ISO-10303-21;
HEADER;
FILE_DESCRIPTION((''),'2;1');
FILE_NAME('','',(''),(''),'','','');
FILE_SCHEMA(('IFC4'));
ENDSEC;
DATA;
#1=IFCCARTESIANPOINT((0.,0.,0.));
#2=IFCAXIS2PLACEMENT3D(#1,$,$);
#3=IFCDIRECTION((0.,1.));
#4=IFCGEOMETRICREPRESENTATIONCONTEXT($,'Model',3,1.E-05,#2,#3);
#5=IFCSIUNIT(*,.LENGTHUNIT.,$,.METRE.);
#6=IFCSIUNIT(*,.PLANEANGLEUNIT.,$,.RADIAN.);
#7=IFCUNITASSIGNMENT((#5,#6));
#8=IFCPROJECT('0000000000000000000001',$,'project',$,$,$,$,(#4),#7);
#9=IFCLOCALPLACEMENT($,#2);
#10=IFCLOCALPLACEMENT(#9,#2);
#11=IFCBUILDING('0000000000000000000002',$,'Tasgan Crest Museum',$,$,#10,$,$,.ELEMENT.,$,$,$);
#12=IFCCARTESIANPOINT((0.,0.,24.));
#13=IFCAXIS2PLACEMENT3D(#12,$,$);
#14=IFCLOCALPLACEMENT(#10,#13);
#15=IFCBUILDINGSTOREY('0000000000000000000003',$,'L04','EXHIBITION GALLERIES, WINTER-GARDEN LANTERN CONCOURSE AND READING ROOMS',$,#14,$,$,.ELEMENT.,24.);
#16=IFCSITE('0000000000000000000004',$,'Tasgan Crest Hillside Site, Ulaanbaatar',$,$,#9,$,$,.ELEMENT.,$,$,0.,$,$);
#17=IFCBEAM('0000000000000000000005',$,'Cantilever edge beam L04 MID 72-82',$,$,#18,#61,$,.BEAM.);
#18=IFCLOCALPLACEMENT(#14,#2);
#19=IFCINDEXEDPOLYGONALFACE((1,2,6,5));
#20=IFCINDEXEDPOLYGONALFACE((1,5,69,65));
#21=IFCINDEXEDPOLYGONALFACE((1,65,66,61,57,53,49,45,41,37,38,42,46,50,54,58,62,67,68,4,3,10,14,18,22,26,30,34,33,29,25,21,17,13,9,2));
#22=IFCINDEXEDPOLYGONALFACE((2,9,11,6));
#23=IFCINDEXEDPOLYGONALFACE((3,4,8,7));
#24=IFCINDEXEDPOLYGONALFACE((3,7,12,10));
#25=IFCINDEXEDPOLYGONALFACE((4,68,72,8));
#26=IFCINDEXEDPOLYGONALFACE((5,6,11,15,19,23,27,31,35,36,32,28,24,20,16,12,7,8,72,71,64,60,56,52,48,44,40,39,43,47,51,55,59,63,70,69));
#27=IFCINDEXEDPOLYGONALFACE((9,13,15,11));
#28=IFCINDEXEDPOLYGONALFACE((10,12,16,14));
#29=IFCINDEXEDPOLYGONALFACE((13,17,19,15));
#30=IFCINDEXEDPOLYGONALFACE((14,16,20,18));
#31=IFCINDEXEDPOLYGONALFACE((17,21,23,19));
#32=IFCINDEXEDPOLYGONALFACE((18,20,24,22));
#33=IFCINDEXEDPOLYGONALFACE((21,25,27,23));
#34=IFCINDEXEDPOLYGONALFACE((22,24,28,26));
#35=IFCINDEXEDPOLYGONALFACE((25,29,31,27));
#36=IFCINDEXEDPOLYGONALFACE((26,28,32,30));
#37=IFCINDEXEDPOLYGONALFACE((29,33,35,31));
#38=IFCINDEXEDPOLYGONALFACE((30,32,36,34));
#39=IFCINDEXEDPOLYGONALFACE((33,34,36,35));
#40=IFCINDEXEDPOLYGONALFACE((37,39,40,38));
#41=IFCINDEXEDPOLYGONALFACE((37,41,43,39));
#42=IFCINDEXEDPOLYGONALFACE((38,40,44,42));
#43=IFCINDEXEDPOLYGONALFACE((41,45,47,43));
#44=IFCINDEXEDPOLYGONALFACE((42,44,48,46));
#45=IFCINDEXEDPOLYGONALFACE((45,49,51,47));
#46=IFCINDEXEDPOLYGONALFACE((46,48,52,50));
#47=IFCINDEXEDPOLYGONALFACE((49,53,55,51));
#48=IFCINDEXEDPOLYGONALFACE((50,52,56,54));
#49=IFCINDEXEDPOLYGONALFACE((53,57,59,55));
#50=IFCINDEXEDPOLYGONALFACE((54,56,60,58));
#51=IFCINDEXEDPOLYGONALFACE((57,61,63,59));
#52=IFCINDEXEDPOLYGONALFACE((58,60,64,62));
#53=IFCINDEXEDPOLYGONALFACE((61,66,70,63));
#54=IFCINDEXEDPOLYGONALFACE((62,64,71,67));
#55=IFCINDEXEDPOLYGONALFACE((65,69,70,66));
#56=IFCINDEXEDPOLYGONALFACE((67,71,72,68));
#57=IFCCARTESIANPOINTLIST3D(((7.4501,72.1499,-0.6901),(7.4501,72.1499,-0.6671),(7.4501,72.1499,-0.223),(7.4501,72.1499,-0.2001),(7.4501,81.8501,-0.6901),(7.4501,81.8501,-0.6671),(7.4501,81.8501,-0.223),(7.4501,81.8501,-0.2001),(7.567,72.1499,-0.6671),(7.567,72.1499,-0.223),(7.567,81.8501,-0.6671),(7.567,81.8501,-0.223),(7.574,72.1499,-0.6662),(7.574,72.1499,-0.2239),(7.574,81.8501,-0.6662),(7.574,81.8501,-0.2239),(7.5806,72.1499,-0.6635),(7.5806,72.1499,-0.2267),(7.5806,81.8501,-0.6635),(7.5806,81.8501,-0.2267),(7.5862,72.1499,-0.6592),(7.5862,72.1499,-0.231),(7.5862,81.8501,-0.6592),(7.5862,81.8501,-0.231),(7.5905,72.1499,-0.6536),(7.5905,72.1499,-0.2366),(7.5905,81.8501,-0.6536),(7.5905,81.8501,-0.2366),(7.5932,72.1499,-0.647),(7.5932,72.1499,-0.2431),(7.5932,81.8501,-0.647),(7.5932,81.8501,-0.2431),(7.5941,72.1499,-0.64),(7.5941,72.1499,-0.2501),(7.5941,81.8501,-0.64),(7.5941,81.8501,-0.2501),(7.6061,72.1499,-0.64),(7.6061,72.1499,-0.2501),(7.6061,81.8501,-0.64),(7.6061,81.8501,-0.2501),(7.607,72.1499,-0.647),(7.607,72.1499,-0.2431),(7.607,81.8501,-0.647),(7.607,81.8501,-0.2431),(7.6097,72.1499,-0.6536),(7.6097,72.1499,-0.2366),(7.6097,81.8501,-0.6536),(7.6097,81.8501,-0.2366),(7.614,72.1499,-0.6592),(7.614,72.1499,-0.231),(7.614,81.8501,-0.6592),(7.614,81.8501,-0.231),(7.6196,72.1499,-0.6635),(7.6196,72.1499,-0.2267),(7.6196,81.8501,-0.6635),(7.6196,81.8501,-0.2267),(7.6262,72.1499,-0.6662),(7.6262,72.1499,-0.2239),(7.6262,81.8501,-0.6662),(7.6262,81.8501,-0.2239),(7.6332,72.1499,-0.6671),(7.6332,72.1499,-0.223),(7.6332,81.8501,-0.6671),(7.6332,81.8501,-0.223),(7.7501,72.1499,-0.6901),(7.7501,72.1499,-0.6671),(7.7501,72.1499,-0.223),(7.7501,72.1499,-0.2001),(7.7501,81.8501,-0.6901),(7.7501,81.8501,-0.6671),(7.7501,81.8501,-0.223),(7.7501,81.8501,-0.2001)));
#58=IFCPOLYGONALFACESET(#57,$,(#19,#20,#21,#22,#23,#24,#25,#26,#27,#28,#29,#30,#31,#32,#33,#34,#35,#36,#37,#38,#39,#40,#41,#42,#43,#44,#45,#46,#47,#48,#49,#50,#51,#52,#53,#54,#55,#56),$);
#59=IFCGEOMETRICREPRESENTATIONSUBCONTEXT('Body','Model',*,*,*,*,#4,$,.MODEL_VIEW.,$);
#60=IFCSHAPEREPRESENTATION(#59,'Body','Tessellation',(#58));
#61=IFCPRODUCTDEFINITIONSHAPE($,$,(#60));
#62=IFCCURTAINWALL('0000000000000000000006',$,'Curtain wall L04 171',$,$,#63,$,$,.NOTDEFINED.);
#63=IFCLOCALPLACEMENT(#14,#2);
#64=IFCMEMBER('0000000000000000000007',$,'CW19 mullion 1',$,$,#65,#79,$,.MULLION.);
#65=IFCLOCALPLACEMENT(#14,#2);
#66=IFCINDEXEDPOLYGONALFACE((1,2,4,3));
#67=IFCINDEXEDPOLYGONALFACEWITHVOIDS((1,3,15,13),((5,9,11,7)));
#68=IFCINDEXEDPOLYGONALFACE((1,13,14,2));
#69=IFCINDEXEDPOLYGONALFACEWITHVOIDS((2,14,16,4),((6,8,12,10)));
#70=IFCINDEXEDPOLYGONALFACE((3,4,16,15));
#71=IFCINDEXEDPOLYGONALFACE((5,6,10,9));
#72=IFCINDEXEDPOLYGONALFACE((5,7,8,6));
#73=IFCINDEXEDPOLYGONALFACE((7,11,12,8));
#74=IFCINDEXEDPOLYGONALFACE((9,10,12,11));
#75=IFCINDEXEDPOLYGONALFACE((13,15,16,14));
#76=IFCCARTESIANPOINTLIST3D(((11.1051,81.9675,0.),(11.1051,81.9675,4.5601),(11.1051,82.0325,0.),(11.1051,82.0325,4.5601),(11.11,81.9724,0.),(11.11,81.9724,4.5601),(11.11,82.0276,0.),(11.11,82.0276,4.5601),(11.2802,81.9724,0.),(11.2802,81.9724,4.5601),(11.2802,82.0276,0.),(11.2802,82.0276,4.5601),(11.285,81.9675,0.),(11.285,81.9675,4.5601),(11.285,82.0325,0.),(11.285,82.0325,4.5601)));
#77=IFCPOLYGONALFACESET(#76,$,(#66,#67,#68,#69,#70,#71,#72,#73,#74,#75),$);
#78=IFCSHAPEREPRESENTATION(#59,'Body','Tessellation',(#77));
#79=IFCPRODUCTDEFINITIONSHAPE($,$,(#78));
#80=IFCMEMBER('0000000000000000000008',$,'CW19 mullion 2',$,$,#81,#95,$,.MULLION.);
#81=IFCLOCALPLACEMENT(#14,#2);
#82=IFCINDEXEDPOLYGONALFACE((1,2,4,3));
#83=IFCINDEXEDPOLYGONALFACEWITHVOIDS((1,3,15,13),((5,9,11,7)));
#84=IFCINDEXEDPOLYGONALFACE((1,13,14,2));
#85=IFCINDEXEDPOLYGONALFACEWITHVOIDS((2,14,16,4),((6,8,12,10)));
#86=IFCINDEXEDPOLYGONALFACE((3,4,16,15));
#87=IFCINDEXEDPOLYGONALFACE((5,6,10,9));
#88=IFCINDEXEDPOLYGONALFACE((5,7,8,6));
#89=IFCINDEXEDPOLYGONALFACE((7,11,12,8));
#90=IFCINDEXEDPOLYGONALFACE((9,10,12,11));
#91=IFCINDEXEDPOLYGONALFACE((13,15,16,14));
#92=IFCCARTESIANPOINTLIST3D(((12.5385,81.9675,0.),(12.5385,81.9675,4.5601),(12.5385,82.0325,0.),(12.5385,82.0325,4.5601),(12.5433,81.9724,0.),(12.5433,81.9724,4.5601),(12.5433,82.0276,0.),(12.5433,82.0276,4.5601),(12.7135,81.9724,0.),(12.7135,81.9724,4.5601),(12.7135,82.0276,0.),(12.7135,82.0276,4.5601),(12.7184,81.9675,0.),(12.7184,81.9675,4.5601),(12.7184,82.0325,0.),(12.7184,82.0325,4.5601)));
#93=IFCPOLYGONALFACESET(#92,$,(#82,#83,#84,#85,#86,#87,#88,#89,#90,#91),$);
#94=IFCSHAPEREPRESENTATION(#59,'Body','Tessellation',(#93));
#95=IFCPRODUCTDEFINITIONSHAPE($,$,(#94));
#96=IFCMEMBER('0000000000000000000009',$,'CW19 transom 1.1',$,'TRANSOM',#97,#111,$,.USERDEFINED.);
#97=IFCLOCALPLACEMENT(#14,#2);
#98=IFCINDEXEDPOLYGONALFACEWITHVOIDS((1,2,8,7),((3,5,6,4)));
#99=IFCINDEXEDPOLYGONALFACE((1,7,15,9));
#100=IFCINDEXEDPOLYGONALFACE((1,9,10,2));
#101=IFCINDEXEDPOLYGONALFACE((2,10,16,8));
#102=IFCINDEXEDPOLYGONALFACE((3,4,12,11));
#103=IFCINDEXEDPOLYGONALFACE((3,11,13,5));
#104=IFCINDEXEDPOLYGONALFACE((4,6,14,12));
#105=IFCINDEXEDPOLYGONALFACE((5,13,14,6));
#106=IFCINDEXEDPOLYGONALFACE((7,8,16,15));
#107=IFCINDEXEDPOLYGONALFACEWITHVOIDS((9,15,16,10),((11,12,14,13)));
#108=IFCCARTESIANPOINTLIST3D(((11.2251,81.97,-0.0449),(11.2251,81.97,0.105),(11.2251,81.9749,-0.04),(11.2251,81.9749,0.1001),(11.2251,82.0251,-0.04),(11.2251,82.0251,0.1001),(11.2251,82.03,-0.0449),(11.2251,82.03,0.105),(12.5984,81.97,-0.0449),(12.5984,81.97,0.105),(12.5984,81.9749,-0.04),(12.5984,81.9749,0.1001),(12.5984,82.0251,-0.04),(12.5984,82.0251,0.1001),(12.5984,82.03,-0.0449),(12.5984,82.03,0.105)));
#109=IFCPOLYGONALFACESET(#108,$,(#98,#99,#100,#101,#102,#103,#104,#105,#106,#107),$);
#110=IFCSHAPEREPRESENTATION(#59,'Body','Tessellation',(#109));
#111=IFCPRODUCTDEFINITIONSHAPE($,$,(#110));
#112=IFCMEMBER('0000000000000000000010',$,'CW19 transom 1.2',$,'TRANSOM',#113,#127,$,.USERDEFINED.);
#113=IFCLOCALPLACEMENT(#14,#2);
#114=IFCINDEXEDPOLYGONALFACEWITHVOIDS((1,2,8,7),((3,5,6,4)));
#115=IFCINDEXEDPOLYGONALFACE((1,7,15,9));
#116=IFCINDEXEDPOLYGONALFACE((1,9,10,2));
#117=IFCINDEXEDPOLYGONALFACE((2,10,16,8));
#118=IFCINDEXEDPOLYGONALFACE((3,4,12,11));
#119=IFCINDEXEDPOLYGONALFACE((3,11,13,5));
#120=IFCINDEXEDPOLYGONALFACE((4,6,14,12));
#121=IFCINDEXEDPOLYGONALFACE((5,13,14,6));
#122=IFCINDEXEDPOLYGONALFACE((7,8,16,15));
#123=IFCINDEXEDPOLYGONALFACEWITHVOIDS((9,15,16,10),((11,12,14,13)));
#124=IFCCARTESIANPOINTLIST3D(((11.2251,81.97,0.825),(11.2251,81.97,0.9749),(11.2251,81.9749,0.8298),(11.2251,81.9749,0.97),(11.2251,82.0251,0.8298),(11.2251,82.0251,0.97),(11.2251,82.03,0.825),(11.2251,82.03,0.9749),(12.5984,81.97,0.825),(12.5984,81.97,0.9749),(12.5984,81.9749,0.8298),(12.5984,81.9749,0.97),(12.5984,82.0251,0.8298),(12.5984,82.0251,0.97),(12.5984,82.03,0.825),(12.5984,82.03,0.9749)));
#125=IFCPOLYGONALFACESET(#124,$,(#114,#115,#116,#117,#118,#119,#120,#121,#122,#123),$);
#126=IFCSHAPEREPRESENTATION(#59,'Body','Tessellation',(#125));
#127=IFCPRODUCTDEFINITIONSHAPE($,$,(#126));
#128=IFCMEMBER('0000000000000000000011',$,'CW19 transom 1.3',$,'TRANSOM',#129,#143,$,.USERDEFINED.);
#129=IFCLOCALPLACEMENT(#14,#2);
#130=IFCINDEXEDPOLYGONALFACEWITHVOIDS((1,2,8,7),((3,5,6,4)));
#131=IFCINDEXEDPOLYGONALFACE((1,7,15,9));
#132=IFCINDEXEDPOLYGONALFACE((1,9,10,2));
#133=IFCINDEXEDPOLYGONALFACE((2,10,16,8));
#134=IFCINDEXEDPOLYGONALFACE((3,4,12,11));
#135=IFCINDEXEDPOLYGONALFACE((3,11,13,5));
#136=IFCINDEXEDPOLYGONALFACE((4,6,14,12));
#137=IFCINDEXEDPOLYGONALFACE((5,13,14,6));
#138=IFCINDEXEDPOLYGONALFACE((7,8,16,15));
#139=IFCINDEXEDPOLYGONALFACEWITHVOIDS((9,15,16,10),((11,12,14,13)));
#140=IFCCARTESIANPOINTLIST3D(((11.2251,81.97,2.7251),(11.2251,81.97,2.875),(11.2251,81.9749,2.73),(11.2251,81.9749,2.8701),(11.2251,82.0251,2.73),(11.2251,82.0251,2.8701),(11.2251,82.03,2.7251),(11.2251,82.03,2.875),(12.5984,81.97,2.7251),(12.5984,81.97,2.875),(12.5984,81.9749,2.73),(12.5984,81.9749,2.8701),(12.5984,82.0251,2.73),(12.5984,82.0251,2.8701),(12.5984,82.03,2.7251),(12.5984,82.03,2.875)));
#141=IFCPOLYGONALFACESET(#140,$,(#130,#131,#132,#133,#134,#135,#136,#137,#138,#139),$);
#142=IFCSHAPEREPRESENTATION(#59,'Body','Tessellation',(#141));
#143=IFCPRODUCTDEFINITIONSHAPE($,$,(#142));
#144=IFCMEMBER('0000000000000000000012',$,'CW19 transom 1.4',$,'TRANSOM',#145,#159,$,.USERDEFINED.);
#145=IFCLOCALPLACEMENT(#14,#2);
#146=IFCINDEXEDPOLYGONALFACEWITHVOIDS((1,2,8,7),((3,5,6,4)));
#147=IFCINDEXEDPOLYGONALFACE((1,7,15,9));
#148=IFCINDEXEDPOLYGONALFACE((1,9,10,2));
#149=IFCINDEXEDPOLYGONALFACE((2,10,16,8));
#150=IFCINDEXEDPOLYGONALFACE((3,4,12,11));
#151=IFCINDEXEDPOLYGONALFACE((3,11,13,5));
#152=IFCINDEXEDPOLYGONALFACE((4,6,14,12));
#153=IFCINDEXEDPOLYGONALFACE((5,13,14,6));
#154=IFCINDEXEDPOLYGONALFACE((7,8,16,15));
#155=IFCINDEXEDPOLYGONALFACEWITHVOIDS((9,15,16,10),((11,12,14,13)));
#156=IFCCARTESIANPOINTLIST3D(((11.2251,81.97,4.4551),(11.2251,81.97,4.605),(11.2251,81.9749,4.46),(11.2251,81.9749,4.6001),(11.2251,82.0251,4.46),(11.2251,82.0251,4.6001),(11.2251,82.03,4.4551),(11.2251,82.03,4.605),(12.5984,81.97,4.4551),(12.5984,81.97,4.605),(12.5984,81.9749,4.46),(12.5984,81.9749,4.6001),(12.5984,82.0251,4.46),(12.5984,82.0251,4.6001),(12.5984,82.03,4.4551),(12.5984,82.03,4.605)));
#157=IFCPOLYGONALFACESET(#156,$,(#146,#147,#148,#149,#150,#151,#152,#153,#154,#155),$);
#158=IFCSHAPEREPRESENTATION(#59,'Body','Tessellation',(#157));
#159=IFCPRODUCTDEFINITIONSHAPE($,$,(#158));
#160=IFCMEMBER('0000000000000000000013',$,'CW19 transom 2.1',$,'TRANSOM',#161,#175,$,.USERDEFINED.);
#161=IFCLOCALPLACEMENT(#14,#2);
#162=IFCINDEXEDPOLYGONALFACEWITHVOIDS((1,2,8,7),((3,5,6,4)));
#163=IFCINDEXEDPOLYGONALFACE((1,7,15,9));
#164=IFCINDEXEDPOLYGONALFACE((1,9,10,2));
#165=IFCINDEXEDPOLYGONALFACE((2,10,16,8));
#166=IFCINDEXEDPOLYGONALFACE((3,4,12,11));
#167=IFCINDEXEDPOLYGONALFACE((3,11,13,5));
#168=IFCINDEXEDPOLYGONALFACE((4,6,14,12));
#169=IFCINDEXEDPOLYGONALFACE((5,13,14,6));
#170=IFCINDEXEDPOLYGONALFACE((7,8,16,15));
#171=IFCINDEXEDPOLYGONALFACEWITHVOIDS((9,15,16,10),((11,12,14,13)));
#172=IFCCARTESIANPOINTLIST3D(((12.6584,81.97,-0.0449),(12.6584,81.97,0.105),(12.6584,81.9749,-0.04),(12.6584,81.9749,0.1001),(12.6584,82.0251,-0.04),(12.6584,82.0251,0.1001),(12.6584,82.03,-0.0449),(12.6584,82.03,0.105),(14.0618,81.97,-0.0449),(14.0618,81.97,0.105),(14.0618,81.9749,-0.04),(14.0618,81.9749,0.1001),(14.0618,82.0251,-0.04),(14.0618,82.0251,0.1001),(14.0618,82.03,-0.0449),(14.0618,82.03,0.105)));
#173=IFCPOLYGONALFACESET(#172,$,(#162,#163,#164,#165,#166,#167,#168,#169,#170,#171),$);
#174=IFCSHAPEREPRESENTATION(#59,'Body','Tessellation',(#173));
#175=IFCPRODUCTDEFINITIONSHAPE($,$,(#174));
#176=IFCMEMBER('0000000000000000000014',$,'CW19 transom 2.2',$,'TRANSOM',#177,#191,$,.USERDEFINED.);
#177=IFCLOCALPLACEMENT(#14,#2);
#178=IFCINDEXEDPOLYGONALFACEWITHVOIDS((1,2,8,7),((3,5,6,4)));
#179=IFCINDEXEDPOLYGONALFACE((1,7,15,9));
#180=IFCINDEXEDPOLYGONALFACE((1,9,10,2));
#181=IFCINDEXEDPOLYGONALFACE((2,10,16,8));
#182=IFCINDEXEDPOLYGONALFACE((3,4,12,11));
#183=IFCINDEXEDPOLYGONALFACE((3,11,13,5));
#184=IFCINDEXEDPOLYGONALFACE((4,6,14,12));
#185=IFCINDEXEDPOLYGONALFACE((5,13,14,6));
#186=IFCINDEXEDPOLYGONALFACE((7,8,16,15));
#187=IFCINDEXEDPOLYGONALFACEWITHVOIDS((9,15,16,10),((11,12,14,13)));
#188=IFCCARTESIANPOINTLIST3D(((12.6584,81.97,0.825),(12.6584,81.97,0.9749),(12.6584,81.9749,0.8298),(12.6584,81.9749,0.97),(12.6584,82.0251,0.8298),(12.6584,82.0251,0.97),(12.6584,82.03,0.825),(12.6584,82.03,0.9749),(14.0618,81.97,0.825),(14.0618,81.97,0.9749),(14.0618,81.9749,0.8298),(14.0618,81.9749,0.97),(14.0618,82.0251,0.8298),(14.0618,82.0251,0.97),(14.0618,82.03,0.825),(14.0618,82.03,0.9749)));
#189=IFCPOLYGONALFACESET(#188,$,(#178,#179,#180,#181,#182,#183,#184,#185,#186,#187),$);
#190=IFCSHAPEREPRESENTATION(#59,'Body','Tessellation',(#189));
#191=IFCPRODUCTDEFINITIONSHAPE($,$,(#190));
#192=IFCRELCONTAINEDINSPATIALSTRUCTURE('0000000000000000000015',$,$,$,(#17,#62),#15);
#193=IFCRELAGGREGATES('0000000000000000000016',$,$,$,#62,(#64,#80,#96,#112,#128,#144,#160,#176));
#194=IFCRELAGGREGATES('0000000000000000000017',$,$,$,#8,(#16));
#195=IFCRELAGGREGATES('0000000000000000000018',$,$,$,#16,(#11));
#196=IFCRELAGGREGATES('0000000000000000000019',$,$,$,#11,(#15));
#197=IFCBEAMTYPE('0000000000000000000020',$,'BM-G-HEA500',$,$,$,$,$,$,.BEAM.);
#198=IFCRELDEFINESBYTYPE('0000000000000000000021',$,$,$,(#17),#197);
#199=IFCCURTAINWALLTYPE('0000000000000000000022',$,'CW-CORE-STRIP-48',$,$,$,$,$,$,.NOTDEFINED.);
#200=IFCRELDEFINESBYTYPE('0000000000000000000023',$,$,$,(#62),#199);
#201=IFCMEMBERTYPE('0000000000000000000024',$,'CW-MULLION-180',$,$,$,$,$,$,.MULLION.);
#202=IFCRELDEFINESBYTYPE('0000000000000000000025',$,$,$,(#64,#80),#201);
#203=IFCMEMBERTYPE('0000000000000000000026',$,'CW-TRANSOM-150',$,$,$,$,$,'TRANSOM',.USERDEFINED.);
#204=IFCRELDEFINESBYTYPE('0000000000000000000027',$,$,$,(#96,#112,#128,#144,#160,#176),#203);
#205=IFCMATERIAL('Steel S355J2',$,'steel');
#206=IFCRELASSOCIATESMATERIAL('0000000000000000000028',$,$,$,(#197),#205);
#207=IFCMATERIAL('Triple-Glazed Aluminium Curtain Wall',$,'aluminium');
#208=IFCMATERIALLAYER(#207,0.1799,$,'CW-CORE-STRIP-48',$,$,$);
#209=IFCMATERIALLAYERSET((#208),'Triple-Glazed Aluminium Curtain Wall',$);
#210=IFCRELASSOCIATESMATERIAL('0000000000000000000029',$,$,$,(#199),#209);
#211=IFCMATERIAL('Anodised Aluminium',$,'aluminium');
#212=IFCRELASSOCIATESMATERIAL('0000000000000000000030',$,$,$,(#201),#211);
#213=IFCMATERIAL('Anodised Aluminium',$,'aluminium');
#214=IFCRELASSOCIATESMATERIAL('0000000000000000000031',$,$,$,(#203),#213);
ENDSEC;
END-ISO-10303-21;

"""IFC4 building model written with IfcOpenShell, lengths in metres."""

from ifc_helpers import new_model, si_unit, direction, frame, origin, origin_2d, place, context, subcontext, project, spatial, hollow_rectangle, i_section, extrude, material, layer, layer_set, material_profile, profile_set, type_object, element, aggregate, save


model = new_model("IFC4")

# Units and contexts
model_context = context("Model", 3, precision=1e-05, world=origin(), true_north=direction((0.0, 1.0)))
body_context = subcontext(model_context, "Body", "Model", "MODEL_VIEW")
ifc_project = project(units=[si_unit("LENGTHUNIT", "METRE"), si_unit("PLANEANGLEUNIT", "RADIAN")], contexts=[model_context])

# Site, building, storey
site_placement = place(None, origin())
site = spatial("IfcSite", under=ifc_project, at=site_placement, Name="Tasgan Crest Hillside Site, Ulaanbaatar", CompositionType="ELEMENT", RefElevation=0.0)
building_placement = place(site_placement, origin())
building = spatial("IfcBuilding", under=site, at=building_placement, Name="Tasgan Crest Museum", CompositionType="ELEMENT")
storey_placement = place(building_placement, frame((0.0, 0.0, 24.0)))
storey = spatial("IfcBuildingStorey", under=building, at=storey_placement, Name="L04", Description="EXHIBITION GALLERIES, WINTER-GARDEN LANTERN CONCOURSE AND READING ROOMS", CompositionType="ELEMENT", Elevation=24.0)

# Beam
ifc_material_1 = material(Name="Steel S355J2", Category="steel")
ifc_material_profile_1 = material_profile(ifc_material_1, i_section(OverallWidth=0.3, OverallDepth=0.49, WebThickness=0.012, FlangeThickness=0.0229, FilletRadius=0.0271, at=origin_2d()), Name="HEA 500")
ifc_profile_set_1 = profile_set([ifc_material_profile_1], Name="Steel S355J2")
beam_type_1 = type_object("IfcBeamType", Name="BM-G-HEA500", PredefinedType="BEAM", material=ifc_profile_set_1)
for number, where, z_axis, x_axis, name in (
    (1, (7.6001, 72.1499, -0.4451), (0.0, 1.0, 0.0), (-1.0, 0.0, 0.0), "Cantilever edge beam L04 MID 72-82"),
):
    element("IfcBeam", number, at=place(storey_placement, frame(where, z_axis=z_axis, x_axis=x_axis)), inside=storey, type_object=beam_type_1, Name=name, PredefinedType="BEAM", context=body_context, shape_type="SweptSolid", body=[
        extrude(i_section(OverallWidth=0.3, OverallDepth=0.49, WebThickness=0.012, FlangeThickness=0.0229, FilletRadius=0.0271, at=origin_2d()), origin(), (0.0, 0.0, 1.0), 9.7002),
    ])

# Curtain wall, members
ifc_material_2 = material(Name="Triple-Glazed Aluminium Curtain Wall", Category="aluminium")
ifc_layer_1 = layer(ifc_material_2, 0.1799, Name="CW-CORE-STRIP-48")
ifc_layer_set_1 = layer_set([ifc_layer_1], Name="Triple-Glazed Aluminium Curtain Wall")
curtain_wall_type = type_object("IfcCurtainWallType", Name="CW-CORE-STRIP-48", PredefinedType="NOTDEFINED", material=ifc_layer_set_1)
curtain_wall_placement = place(storey_placement, origin())
curtain_wall = element("IfcCurtainWall", 2, at=curtain_wall_placement, inside=storey, type_object=curtain_wall_type, Name="Curtain wall L04 171", PredefinedType="NOTDEFINED")
ifc_material_3 = material(Name="Anodised Aluminium", Category="aluminium")
ifc_material_profile_2 = material_profile(ifc_material_3, hollow_rectangle(XDim=0.0649, YDim=0.1799, WallThickness=0.0049, at=origin_2d()), Name="ALU MULLION 180x65x5")
ifc_profile_set_2 = profile_set([ifc_material_profile_2], Name="Anodised Aluminium")
member_type_1 = type_object("IfcMemberType", Name="CW-MULLION-180", PredefinedType="MULLION", material=ifc_profile_set_2)
member_1_placement = place(storey_placement, frame((11.1951, 82.0, 0.0), z_axis=(0.0, 0.0, 1.0), x_axis=(0.0, 1.0, 0.0)))
member_1 = element("IfcMember", 3, at=member_1_placement, type_object=member_type_1, Name="CW19 mullion 1", PredefinedType="MULLION", context=body_context, shape_type="SweptSolid", body=[
    extrude(hollow_rectangle(XDim=0.0649, YDim=0.1799, WallThickness=0.0049, at=origin_2d()), origin(), (0.0, 0.0, 1.0), 4.5601),
])
member_2_placement = place(storey_placement, frame((12.6284, 82.0, 0.0), z_axis=(0.0, 0.0, 1.0), x_axis=(0.0, 1.0, 0.0)))
member_2 = element("IfcMember", 4, at=member_2_placement, type_object=member_type_1, Name="CW19 mullion 2", PredefinedType="MULLION", context=body_context, shape_type="SweptSolid", body=[
    extrude(hollow_rectangle(XDim=0.0649, YDim=0.1799, WallThickness=0.0049, at=origin_2d()), origin(), (0.0, 0.0, 1.0), 4.5601),
])
ifc_material_4 = material(Name="Anodised Aluminium", Category="aluminium")
ifc_material_profile_3 = material_profile(ifc_material_4, hollow_rectangle(XDim=0.0601, YDim=0.1499, WallThickness=0.0049, at=origin_2d()), Name="ALU TRANSOM 150x60x5")
ifc_profile_set_3 = profile_set([ifc_material_profile_3], Name="Anodised Aluminium")
member_type_2 = type_object("IfcMemberType", Name="CW-TRANSOM-150", ElementType="TRANSOM", PredefinedType="USERDEFINED", material=ifc_profile_set_3)
member_3_placement = place(storey_placement, frame((11.2251, 82.0, 0.03), z_axis=(1.0, 0.0, 0.0), x_axis=(0.0, 1.0, 0.0)))
member_3 = element("IfcMember", 5, at=member_3_placement, type_object=member_type_2, Name="CW19 transom 1.1", ObjectType="TRANSOM", PredefinedType="USERDEFINED", context=body_context, shape_type="SweptSolid", body=[
    extrude(hollow_rectangle(XDim=0.0601, YDim=0.1499, WallThickness=0.0049, at=origin_2d()), origin(), (0.0, 0.0, 1.0), 1.3733),
])
member_4_placement = place(storey_placement, frame((11.2251, 82.0, 0.8999), z_axis=(1.0, 0.0, 0.0), x_axis=(0.0, 1.0, 0.0)))
member_4 = element("IfcMember", 6, at=member_4_placement, type_object=member_type_2, Name="CW19 transom 1.2", ObjectType="TRANSOM", PredefinedType="USERDEFINED", context=body_context, shape_type="SweptSolid", body=[
    extrude(hollow_rectangle(XDim=0.0601, YDim=0.1499, WallThickness=0.0049, at=origin_2d()), origin(), (0.0, 0.0, 1.0), 1.3733),
])
member_5_placement = place(storey_placement, frame((11.2251, 82.0, 2.8), z_axis=(1.0, 0.0, 0.0), x_axis=(0.0, 1.0, 0.0)))
member_5 = element("IfcMember", 7, at=member_5_placement, type_object=member_type_2, Name="CW19 transom 1.3", ObjectType="TRANSOM", PredefinedType="USERDEFINED", context=body_context, shape_type="SweptSolid", body=[
    extrude(hollow_rectangle(XDim=0.0601, YDim=0.1499, WallThickness=0.0049, at=origin_2d()), origin(), (0.0, 0.0, 1.0), 1.3733),
])
member_6_placement = place(storey_placement, frame((11.2251, 82.0, 4.53), z_axis=(1.0, 0.0, 0.0), x_axis=(0.0, 1.0, 0.0)))
member_6 = element("IfcMember", 8, at=member_6_placement, type_object=member_type_2, Name="CW19 transom 1.4", ObjectType="TRANSOM", PredefinedType="USERDEFINED", context=body_context, shape_type="SweptSolid", body=[
    extrude(hollow_rectangle(XDim=0.0601, YDim=0.1499, WallThickness=0.0049, at=origin_2d()), origin(), (0.0, 0.0, 1.0), 1.3733),
])
member_7_placement = place(storey_placement, frame((12.6584, 82.0, 0.03), z_axis=(1.0, 0.0, 0.0), x_axis=(0.0, 1.0, 0.0)))
member_7 = element("IfcMember", 9, at=member_7_placement, type_object=member_type_2, Name="CW19 transom 2.1", ObjectType="TRANSOM", PredefinedType="USERDEFINED", context=body_context, shape_type="SweptSolid", body=[
    extrude(hollow_rectangle(XDim=0.0601, YDim=0.1499, WallThickness=0.0049, at=origin_2d()), origin(), (0.0, 0.0, 1.0), 1.4033),
])
member_8_placement = place(storey_placement, frame((12.6584, 82.0, 0.8999), z_axis=(1.0, 0.0, 0.0), x_axis=(0.0, 1.0, 0.0)))
member_8 = element("IfcMember", 10, at=member_8_placement, type_object=member_type_2, Name="CW19 transom 2.2", ObjectType="TRANSOM", PredefinedType="USERDEFINED", context=body_context, shape_type="SweptSolid", body=[
    extrude(hollow_rectangle(XDim=0.0601, YDim=0.1499, WallThickness=0.0049, at=origin_2d()), origin(), (0.0, 0.0, 1.0), 1.4033),
])
aggregate(curtain_wall, [member_1, member_2, member_3, member_4, member_5, member_6, member_7, member_8])

save(model, "model.ifc")
